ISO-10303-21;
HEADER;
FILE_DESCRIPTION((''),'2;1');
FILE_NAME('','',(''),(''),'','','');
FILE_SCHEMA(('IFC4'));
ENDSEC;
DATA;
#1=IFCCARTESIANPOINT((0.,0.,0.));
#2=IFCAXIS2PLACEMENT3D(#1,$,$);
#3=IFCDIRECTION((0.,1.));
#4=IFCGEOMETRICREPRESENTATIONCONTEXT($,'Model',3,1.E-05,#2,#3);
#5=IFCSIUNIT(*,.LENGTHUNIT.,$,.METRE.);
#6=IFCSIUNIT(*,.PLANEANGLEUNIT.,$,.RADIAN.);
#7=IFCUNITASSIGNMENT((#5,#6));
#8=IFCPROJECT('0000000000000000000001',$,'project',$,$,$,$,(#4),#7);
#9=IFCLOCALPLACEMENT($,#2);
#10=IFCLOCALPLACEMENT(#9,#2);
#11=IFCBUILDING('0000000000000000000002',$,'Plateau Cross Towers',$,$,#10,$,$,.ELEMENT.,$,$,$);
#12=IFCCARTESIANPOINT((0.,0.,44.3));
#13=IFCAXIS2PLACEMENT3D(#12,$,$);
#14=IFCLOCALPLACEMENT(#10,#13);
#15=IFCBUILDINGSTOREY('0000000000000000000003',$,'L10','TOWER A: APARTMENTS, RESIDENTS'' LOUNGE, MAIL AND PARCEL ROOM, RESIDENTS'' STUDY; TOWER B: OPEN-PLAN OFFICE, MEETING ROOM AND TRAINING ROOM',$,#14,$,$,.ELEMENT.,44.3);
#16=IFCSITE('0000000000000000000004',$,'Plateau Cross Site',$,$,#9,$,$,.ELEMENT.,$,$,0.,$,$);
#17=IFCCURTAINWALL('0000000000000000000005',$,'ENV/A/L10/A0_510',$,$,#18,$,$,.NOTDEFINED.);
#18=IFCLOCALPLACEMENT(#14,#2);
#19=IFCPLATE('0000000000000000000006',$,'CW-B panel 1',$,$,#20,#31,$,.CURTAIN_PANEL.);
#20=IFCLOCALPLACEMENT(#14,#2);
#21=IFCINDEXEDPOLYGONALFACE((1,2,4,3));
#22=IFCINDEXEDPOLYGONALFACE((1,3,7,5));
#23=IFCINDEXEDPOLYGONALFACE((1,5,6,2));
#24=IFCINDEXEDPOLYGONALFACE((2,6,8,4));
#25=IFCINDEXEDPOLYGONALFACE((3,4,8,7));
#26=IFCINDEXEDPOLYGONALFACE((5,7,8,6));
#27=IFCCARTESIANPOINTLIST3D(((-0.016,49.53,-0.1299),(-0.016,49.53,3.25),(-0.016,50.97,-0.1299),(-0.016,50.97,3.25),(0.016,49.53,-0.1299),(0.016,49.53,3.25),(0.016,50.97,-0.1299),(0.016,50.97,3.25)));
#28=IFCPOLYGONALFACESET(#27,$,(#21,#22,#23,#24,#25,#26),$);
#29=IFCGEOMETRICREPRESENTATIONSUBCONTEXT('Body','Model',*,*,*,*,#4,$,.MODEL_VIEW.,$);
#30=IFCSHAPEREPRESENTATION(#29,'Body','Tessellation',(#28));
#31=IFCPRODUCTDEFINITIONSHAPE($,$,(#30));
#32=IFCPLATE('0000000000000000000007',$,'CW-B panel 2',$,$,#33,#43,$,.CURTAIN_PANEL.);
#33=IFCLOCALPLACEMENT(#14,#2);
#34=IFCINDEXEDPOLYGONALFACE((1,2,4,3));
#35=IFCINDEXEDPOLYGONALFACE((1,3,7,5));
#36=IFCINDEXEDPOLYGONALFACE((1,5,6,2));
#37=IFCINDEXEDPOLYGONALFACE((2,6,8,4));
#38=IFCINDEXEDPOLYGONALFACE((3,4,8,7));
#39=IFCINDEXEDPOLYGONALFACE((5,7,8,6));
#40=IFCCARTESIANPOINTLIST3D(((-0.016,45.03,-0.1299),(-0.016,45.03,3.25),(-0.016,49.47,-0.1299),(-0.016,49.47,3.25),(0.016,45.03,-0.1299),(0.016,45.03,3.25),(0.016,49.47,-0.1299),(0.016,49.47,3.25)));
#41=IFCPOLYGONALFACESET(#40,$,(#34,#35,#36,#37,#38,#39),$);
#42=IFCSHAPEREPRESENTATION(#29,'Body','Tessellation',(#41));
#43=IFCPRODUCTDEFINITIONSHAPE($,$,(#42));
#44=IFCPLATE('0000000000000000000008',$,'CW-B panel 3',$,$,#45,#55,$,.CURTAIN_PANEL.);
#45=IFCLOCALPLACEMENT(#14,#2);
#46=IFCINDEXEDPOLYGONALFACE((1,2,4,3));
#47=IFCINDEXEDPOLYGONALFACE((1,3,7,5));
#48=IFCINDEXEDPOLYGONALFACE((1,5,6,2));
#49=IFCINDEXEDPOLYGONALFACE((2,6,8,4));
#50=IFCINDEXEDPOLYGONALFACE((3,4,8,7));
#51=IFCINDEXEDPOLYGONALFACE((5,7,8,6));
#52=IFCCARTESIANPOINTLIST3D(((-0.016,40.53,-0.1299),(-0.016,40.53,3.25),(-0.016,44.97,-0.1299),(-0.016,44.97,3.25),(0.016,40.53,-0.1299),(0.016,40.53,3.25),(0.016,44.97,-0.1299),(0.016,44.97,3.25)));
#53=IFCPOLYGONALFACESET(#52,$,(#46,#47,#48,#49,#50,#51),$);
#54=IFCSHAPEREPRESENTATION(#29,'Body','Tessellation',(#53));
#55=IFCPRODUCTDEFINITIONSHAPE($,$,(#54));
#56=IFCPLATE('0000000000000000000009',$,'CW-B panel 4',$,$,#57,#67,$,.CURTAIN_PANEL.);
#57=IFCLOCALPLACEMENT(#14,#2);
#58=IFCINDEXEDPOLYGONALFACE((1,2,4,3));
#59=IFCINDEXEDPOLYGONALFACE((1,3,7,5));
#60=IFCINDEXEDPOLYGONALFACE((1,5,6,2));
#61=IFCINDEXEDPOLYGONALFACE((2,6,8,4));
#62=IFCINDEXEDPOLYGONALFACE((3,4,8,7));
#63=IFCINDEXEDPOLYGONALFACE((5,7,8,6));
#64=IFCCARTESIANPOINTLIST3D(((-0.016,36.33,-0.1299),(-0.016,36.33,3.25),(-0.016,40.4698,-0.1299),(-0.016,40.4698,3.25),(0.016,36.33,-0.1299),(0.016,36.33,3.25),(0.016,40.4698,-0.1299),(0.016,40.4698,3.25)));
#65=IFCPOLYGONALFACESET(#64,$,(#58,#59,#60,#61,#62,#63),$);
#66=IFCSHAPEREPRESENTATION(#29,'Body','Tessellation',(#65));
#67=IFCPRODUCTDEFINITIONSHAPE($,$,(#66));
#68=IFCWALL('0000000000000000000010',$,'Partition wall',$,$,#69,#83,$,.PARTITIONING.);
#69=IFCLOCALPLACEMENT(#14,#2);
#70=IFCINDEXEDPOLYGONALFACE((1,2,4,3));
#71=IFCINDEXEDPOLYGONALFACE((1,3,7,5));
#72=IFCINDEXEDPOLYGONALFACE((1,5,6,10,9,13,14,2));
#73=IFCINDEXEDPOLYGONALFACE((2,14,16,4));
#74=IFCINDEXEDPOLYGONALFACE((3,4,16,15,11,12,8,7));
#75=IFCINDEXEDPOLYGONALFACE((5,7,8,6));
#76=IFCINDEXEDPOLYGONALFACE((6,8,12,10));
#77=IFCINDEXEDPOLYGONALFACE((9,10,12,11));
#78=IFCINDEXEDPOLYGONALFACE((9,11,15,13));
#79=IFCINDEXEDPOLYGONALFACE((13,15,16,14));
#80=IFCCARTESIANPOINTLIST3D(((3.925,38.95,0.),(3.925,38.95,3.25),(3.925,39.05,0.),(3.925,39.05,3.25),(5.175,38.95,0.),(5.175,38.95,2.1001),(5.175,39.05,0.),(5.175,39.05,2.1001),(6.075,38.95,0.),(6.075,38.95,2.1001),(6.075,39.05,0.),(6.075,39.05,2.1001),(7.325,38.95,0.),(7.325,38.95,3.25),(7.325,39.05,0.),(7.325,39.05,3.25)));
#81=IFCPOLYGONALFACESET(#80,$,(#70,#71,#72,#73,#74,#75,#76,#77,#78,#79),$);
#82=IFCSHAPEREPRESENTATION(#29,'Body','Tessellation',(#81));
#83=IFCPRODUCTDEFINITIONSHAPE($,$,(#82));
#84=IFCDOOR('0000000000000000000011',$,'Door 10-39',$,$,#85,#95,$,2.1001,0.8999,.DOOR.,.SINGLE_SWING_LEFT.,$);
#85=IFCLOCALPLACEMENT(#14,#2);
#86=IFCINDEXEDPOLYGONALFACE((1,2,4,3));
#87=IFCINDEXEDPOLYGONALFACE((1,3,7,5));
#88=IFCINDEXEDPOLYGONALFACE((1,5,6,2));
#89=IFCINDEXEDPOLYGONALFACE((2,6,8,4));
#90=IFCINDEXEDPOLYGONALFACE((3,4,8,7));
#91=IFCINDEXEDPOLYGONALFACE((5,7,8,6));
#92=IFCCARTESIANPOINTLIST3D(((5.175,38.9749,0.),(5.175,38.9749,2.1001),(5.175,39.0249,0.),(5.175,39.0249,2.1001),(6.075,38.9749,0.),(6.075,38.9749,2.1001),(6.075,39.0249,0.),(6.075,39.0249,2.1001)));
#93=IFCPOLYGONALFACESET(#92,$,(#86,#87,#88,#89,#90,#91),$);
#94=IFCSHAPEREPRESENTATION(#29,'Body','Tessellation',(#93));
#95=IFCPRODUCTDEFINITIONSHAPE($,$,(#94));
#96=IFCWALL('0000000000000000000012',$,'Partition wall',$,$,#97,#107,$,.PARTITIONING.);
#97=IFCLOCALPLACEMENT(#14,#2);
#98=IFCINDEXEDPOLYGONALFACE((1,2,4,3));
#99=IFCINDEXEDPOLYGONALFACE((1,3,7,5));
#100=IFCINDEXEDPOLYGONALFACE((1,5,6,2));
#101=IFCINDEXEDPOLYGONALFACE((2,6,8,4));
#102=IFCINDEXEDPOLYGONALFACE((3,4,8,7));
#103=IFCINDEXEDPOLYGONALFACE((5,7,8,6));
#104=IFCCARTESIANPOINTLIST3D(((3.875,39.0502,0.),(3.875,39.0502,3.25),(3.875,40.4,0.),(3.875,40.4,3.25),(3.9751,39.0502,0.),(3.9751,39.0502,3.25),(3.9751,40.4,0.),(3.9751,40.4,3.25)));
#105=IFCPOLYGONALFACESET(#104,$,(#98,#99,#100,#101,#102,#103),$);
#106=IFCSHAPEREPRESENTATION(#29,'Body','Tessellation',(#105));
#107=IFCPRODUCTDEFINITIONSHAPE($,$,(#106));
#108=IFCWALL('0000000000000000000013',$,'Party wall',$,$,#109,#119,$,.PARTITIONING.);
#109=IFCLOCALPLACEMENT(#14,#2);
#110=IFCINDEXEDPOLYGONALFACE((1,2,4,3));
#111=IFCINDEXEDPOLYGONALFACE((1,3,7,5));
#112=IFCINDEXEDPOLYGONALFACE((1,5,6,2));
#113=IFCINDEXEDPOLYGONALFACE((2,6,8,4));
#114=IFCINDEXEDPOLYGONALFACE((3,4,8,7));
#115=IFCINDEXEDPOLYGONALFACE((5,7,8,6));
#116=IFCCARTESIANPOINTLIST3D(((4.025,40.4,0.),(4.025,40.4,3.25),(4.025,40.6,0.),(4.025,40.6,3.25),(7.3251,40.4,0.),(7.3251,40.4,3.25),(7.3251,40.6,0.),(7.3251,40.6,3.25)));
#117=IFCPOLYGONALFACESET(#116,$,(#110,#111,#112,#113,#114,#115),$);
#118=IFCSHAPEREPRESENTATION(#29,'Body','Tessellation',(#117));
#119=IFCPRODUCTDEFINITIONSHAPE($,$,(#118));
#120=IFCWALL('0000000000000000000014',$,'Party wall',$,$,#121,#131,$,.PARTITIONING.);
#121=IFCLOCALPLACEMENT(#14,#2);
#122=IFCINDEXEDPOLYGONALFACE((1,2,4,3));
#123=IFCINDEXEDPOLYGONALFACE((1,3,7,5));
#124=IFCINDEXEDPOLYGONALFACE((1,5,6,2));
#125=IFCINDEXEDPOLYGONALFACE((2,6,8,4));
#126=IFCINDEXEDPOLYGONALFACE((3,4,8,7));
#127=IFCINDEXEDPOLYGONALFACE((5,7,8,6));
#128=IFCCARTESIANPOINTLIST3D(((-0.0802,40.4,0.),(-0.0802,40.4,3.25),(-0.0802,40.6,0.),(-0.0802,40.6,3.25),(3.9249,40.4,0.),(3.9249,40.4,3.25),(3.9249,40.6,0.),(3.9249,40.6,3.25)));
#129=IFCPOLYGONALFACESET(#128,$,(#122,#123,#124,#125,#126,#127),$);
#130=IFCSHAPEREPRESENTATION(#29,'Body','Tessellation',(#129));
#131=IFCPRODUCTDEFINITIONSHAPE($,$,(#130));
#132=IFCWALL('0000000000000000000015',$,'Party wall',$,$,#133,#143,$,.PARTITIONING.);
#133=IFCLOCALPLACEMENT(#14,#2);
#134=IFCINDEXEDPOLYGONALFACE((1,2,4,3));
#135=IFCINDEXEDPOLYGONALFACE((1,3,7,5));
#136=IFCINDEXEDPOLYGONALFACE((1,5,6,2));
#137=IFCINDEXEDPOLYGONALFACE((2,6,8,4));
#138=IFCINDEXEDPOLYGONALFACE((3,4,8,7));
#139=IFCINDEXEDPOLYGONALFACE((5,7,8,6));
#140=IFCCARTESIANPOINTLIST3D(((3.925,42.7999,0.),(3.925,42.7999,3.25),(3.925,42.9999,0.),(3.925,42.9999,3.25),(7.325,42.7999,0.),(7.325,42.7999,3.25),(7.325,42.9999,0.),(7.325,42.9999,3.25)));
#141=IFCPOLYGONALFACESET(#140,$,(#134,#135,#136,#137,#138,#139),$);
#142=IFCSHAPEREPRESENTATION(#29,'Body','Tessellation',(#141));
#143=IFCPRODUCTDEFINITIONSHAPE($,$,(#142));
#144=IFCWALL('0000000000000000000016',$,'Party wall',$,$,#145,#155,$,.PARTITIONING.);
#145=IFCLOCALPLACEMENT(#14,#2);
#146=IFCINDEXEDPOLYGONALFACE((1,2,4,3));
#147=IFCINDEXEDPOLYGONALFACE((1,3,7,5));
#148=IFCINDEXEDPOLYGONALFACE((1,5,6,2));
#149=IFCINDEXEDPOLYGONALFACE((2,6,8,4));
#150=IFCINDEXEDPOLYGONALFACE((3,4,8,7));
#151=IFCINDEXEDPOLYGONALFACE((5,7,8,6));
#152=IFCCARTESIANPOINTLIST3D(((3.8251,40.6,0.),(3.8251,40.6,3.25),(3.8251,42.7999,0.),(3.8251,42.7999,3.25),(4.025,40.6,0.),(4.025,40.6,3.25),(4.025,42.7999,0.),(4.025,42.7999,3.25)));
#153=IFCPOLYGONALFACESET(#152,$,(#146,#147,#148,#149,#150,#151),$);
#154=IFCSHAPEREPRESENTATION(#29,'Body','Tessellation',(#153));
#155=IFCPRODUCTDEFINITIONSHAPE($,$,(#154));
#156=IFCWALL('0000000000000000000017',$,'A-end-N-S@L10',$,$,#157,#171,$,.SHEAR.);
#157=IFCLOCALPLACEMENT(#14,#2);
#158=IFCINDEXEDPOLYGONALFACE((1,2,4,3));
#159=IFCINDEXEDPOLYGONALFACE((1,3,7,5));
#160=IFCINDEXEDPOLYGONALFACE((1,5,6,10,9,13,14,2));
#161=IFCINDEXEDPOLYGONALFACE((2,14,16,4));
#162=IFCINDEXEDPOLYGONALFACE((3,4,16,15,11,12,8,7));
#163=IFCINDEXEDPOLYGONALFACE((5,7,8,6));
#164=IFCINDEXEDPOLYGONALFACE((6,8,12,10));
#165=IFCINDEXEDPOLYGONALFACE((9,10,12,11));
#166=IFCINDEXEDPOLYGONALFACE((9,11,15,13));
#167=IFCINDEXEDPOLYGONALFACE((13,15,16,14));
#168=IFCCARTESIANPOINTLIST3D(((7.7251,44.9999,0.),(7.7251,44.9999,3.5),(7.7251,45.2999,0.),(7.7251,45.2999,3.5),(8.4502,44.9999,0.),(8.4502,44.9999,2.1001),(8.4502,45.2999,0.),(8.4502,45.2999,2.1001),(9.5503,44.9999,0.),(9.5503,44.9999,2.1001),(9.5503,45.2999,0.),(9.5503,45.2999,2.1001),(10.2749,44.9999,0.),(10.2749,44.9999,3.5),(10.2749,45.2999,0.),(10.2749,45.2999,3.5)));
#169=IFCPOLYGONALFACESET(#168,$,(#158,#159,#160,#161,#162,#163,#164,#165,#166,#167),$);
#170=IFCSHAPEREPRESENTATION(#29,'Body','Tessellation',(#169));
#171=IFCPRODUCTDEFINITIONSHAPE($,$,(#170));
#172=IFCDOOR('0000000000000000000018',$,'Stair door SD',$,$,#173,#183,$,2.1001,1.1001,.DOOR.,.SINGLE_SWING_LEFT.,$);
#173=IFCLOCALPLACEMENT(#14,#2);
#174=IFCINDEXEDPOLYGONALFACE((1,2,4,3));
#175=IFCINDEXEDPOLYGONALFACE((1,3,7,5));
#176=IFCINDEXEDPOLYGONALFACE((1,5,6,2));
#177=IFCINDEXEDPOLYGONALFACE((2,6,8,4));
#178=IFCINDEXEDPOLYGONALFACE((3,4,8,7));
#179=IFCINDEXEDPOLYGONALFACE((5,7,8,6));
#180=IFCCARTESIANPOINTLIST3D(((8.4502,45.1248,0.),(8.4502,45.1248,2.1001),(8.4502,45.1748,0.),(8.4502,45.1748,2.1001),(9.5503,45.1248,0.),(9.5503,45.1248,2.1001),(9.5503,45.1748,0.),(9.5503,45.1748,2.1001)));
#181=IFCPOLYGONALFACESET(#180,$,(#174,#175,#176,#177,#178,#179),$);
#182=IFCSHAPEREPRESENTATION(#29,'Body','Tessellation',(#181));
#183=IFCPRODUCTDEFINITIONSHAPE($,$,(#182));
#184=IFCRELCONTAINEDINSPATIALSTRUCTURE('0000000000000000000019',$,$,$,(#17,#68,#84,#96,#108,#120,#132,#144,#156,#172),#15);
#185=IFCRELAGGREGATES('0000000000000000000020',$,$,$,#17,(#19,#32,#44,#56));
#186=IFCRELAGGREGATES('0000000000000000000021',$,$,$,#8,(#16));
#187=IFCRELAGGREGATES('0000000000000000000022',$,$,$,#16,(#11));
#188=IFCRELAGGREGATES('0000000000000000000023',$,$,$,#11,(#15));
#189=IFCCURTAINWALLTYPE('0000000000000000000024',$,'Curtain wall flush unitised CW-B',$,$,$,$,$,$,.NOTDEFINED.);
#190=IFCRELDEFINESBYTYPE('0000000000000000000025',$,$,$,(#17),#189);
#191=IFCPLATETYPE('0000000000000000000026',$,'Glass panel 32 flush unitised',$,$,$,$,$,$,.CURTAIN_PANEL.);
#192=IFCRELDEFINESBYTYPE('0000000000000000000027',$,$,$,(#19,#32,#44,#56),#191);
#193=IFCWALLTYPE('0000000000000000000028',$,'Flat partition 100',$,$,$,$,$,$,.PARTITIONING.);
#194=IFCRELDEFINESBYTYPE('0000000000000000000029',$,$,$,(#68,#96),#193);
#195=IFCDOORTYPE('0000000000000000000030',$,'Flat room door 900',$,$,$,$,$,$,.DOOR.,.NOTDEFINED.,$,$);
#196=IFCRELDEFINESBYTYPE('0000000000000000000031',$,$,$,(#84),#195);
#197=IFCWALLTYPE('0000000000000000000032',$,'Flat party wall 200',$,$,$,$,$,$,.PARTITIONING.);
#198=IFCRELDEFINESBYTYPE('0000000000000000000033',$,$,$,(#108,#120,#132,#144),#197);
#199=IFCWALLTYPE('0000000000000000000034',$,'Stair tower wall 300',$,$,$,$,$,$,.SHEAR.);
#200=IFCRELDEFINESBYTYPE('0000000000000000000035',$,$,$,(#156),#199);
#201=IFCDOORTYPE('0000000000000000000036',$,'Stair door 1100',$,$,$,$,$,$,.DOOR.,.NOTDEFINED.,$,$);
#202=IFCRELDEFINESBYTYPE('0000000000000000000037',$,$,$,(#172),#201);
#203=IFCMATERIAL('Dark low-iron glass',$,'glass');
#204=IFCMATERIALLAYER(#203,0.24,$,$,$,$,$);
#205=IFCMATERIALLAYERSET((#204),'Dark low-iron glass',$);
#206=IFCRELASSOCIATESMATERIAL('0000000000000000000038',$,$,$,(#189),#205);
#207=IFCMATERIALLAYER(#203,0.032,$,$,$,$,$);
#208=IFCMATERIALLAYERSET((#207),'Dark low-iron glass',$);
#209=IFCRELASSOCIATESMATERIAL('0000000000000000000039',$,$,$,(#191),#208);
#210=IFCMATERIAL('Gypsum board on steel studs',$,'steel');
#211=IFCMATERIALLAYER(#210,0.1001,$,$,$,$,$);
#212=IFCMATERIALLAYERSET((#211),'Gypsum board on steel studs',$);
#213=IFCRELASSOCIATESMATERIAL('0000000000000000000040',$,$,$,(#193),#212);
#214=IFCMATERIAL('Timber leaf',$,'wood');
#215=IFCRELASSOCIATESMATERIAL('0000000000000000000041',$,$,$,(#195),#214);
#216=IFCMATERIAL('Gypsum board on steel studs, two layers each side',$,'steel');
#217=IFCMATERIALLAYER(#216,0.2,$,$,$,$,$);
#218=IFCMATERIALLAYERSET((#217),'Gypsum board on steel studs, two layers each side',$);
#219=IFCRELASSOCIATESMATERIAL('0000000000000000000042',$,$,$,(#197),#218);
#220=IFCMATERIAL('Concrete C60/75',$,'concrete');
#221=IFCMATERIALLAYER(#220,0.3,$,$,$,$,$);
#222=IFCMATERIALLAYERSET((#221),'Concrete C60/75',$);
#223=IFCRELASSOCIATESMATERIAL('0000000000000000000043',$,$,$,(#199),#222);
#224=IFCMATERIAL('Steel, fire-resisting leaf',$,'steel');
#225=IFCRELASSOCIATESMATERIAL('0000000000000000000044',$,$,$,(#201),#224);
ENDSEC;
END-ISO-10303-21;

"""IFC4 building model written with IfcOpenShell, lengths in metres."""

from ifc_helpers import new_model, si_unit, direction, frame, frame_2d, origin, origin_2d, place, context, subcontext, project, spatial, rectangle, extrude, material, layer, layer_set, type_object, element, fill, aggregate, save


model = new_model("IFC4")

# Units and contexts
model_context = context("Model", 3, precision=1e-05, world=origin(), true_north=direction((0.0, 1.0)))
body_context = subcontext(model_context, "Body", "Model", "MODEL_VIEW")
ifc_project = project(units=[si_unit("LENGTHUNIT", "METRE"), si_unit("PLANEANGLEUNIT", "RADIAN")], contexts=[model_context])

# Site, building, storey
site_placement = place(None, origin())
site = spatial("IfcSite", under=ifc_project, at=site_placement, Name="Plateau Cross Site", CompositionType="ELEMENT", RefElevation=0.0)
building_placement = place(site_placement, origin())
building = spatial("IfcBuilding", under=site, at=building_placement, Name="Plateau Cross Towers", CompositionType="ELEMENT")
storey_placement = place(building_placement, frame((0.0, 0.0, 44.3)))
storey = spatial("IfcBuildingStorey", under=building, at=storey_placement, Name="L10", Description="TOWER A: APARTMENTS, RESIDENTS' LOUNGE, MAIL AND PARCEL ROOM, RESIDENTS' STUDY; TOWER B: OPEN-PLAN OFFICE, MEETING ROOM AND TRAINING ROOM", CompositionType="ELEMENT", Elevation=44.3)

# Shared definitions
ifc_material_1 = material(Name="Concrete C60/75", Category="concrete")

# Shared definitions
ifc_material_2 = material(Name="Dark low-iron glass", Category="glass")
ifc_layer_1 = layer(ifc_material_2, 0.24)
ifc_layer_set_1 = layer_set([ifc_layer_1], Name="Dark low-iron glass")
curtain_wall_type = type_object("IfcCurtainWallType", Name="Curtain wall flush unitised CW-B", PredefinedType="NOTDEFINED", material=ifc_layer_set_1)

# Curtain wall
curtain_wall_1_placement = place(storey_placement, origin())
curtain_wall_1 = element("IfcCurtainWall", 1, at=curtain_wall_1_placement, inside=storey, type_object=curtain_wall_type, Name="ENV/A/L10/A0_510", PredefinedType="NOTDEFINED")

# Shared definitions
ifc_layer_2 = layer(ifc_material_2, 0.032)
ifc_layer_set_2 = layer_set([ifc_layer_2], Name="Dark low-iron glass")
plate_type = type_object("IfcPlateType", Name="Glass panel 32 flush unitised", PredefinedType="CURTAIN_PANEL", material=ifc_layer_set_2)

# Plates
plate_1_placement = place(storey_placement, frame((0.0, 50.25, -0.1299), z_axis=(0.0, 0.0, 1.0), x_axis=(0.0, -1.0, 0.0)))
plate_1 = element("IfcPlate", 2, at=plate_1_placement, type_object=plate_type, Name="CW-B panel 1", PredefinedType="CURTAIN_PANEL", context=body_context, shape_type="SweptSolid", body=[
    extrude(rectangle(XDim=1.4399, YDim=0.032, at=origin_2d()), origin(), (0.0, 0.0, 1.0), 3.3799),
])
plate_2_placement = place(storey_placement, frame((0.0, 47.25, -0.1299), z_axis=(0.0, 0.0, 1.0), x_axis=(0.0, -1.0, 0.0)))
plate_2 = element("IfcPlate", 3, at=plate_2_placement, type_object=plate_type, Name="CW-B panel 2", PredefinedType="CURTAIN_PANEL", context=body_context, shape_type="SweptSolid", body=[
    extrude(rectangle(XDim=4.4399, YDim=0.032, at=origin_2d()), origin(), (0.0, 0.0, 1.0), 3.3799),
])
plate_3_placement = place(storey_placement, frame((0.0, 42.75, -0.1299), z_axis=(0.0, 0.0, 1.0), x_axis=(0.0, -1.0, 0.0)))
plate_3 = element("IfcPlate", 4, at=plate_3_placement, type_object=plate_type, Name="CW-B panel 3", PredefinedType="CURTAIN_PANEL", context=body_context, shape_type="SweptSolid", body=[
    extrude(rectangle(XDim=4.4399, YDim=0.032, at=origin_2d()), origin(), (0.0, 0.0, 1.0), 3.3799),
])
plate_4_placement = place(storey_placement, frame((0.0, 38.3999, -0.1299), z_axis=(0.0, 0.0, 1.0), x_axis=(0.0, -1.0, 0.0)))
plate_4 = element("IfcPlate", 5, at=plate_4_placement, type_object=plate_type, Name="CW-B panel 4", PredefinedType="CURTAIN_PANEL", context=body_context, shape_type="SweptSolid", body=[
    extrude(rectangle(XDim=4.1399, YDim=0.032, at=origin_2d()), origin(), (0.0, 0.0, 1.0), 3.3799),
])
aggregate(curtain_wall_1, [plate_1, plate_2, plate_3, plate_4])

# Wall, opening, door
ifc_material_3 = material(Name="Gypsum board on steel studs", Category="steel")
ifc_layer_3 = layer(ifc_material_3, 0.1001)
ifc_layer_set_3 = layer_set([ifc_layer_3], Name="Gypsum board on steel studs")
wall_type_1 = type_object("IfcWallType", Name="Flat partition 100", PredefinedType="PARTITIONING", material=ifc_layer_set_3)
wall_1_placement = place(storey_placement, frame((3.925, 39.0, 0.0), z_axis=(0.0, 0.0, 1.0), x_axis=(1.0, 0.0, 0.0)))
wall_1 = element("IfcWall", 6, at=wall_1_placement, inside=storey, type_object=wall_type_1, Name="Partition wall", PredefinedType="PARTITIONING", context=body_context, shape_type="SweptSolid", body=[
    extrude(rectangle(XDim=3.3999, YDim=0.1001, at=frame_2d((1.7, 0.0))), origin(), (0.0, 0.0, 1.0), 3.25),
])
opening_1_placement = place(wall_1_placement, frame((1.25, 0.0, 0.0)))
opening_1 = element("IfcOpeningElement", 7, at=opening_1_placement, cuts=wall_1, PredefinedType="OPENING", context=body_context, shape_type="SweptSolid", body=[
    extrude(rectangle(XDim=0.8999, YDim=2.1001, at=frame_2d((0.45, 1.05))), frame((0.0, 0.0601, 0.0), z_axis=(0.0, -1.0, 0.0), x_axis=(1.0, 0.0, 0.0)), (0.0, 0.0, 1.0), 0.1201),
])
ifc_material_4 = material(Name="Timber leaf", Category="wood")
door_type_1 = type_object("IfcDoorType", Name="Flat room door 900", OperationType="NOTDEFINED", PredefinedType="DOOR", material=ifc_material_4)
door_1_placement = place(opening_1_placement, origin())
door_1 = element("IfcDoor", 8, at=door_1_placement, inside=storey, type_object=door_type_1, Name="Door 10-39", OperationType="SINGLE_SWING_LEFT", OverallHeight=2.1001, OverallWidth=0.8999, PredefinedType="DOOR", context=body_context, shape_type="SweptSolid", body=[
    extrude(rectangle(XDim=0.8999, YDim=2.1001, at=frame_2d((0.45, 1.05))), frame((0.0, 0.0249, 0.0), z_axis=(0.0, -1.0, 0.0), x_axis=(1.0, 0.0, 0.0)), (0.0, 0.0, 1.0), 0.05),
])
fill(opening_1, door_1)

# Walls
wall_2_placement = place(storey_placement, frame((3.925, 40.3999, 0.0), z_axis=(0.0, 0.0, 1.0), x_axis=(0.0, -1.0, 0.0)))
element("IfcWall", 9, at=wall_2_placement, inside=storey, type_object=wall_type_1, Name="Partition wall", PredefinedType="PARTITIONING", context=body_context, shape_type="SweptSolid", body=[
    extrude(rectangle(XDim=1.3499, YDim=0.1001, at=frame_2d((0.6748, 0.0))), origin(), (0.0, 0.0, 1.0), 3.25),
])
ifc_material_5 = material(Name="Gypsum board on steel studs, two layers each side", Category="steel")
ifc_layer_4 = layer(ifc_material_5, 0.2)
ifc_layer_set_4 = layer_set([ifc_layer_4], Name="Gypsum board on steel studs, two layers each side")
wall_type_2 = type_object("IfcWallType", Name="Flat party wall 200", PredefinedType="PARTITIONING", material=ifc_layer_set_4)
wall_3_placement = place(storey_placement, frame((7.325, 40.5, 0.0), z_axis=(0.0, 0.0, 1.0), x_axis=(-1.0, 0.0, 0.0)))
element("IfcWall", 10, at=wall_3_placement, inside=storey, type_object=wall_type_2, Name="Party wall", PredefinedType="PARTITIONING", context=body_context, shape_type="SweptSolid", body=[
    extrude(rectangle(XDim=3.3, YDim=0.2, at=frame_2d((1.6499, 0.0))), origin(), (0.0, 0.0, 1.0), 3.25),
])
wall_4_placement = place(storey_placement, frame((-0.0801, 40.5, 0.0), z_axis=(0.0, 0.0, 1.0), x_axis=(1.0, 0.0, 0.0)))
element("IfcWall", 11, at=wall_4_placement, inside=storey, type_object=wall_type_2, Name="Party wall", PredefinedType="PARTITIONING", context=body_context, shape_type="SweptSolid", body=[
    extrude(rectangle(XDim=4.0051, YDim=0.2, at=frame_2d((2.0024, 0.0))), origin(), (0.0, 0.0, 1.0), 3.25),
])
wall_5_placement = place(storey_placement, frame((7.325, 42.8999, 0.0), z_axis=(0.0, 0.0, 1.0), x_axis=(-1.0, 0.0, 0.0)))
element("IfcWall", 12, at=wall_5_placement, inside=storey, type_object=wall_type_2, Name="Party wall", PredefinedType="PARTITIONING", context=body_context, shape_type="SweptSolid", body=[
    extrude(rectangle(XDim=3.3999, YDim=0.2, at=frame_2d((1.7, 0.0))), origin(), (0.0, 0.0, 1.0), 3.25),
])
wall_6_placement = place(storey_placement, frame((3.925, 42.8, 0.0), z_axis=(0.0, 0.0, 1.0), x_axis=(0.0, -1.0, 0.0)))
element("IfcWall", 13, at=wall_6_placement, inside=storey, type_object=wall_type_2, Name="Party wall", PredefinedType="PARTITIONING", context=body_context, shape_type="SweptSolid", body=[
    extrude(rectangle(XDim=2.2, YDim=0.2, at=frame_2d((1.1001, 0.0))), origin(), (0.0, 0.0, 1.0), 3.25),
])

# Wall, opening, door
ifc_layer_5 = layer(ifc_material_1, 0.3)
ifc_layer_set_5 = layer_set([ifc_layer_5], Name="Concrete C60/75")
wall_type_3 = type_object("IfcWallType", Name="Stair tower wall 300", PredefinedType="SHEAR", material=ifc_layer_set_5)
wall_7_placement = place(storey_placement, frame((7.7251, 45.1499, 0.0), z_axis=(0.0, 0.0, 1.0), x_axis=(1.0, 0.0, 0.0)))
wall_7 = element("IfcWall", 14, at=wall_7_placement, inside=storey, type_object=wall_type_3, Name="A-end-N-S@L10", PredefinedType="SHEAR", context=body_context, shape_type="SweptSolid", body=[
    extrude(rectangle(XDim=2.5498, YDim=0.3, at=frame_2d((1.2749, 0.0))), origin(), (0.0, 0.0, 1.0), 3.5),
])
opening_2_placement = place(wall_7_placement, frame((0.7251, 0.0, 0.0)))
opening_2 = element("IfcOpeningElement", 15, at=opening_2_placement, cuts=wall_7, PredefinedType="OPENING", context=body_context, shape_type="SweptSolid", body=[
    extrude(rectangle(XDim=1.1001, YDim=2.1001, at=frame_2d((0.55, 1.05))), frame((0.0, 0.1599, 0.0), z_axis=(0.0, -1.0, 0.0), x_axis=(1.0, 0.0, 0.0)), (0.0, 0.0, 1.0), 0.3201),
])
ifc_material_6 = material(Name="Steel, fire-resisting leaf", Category="steel")
door_type_2 = type_object("IfcDoorType", Name="Stair door 1100", OperationType="NOTDEFINED", PredefinedType="DOOR", material=ifc_material_6)
door_2_placement = place(opening_2_placement, origin())
door_2 = element("IfcDoor", 16, at=door_2_placement, inside=storey, type_object=door_type_2, Name="Stair door SD", OperationType="SINGLE_SWING_LEFT", OverallHeight=2.1001, OverallWidth=1.1001, PredefinedType="DOOR", context=body_context, shape_type="SweptSolid", body=[
    extrude(rectangle(XDim=1.1001, YDim=2.1001, at=frame_2d((0.55, 1.05))), frame((0.0, 0.0249, 0.0), z_axis=(0.0, -1.0, 0.0), x_axis=(1.0, 0.0, 0.0)), (0.0, 0.0, 1.0), 0.05),
])
fill(opening_2, door_2)

save(model, "model.ifc")
